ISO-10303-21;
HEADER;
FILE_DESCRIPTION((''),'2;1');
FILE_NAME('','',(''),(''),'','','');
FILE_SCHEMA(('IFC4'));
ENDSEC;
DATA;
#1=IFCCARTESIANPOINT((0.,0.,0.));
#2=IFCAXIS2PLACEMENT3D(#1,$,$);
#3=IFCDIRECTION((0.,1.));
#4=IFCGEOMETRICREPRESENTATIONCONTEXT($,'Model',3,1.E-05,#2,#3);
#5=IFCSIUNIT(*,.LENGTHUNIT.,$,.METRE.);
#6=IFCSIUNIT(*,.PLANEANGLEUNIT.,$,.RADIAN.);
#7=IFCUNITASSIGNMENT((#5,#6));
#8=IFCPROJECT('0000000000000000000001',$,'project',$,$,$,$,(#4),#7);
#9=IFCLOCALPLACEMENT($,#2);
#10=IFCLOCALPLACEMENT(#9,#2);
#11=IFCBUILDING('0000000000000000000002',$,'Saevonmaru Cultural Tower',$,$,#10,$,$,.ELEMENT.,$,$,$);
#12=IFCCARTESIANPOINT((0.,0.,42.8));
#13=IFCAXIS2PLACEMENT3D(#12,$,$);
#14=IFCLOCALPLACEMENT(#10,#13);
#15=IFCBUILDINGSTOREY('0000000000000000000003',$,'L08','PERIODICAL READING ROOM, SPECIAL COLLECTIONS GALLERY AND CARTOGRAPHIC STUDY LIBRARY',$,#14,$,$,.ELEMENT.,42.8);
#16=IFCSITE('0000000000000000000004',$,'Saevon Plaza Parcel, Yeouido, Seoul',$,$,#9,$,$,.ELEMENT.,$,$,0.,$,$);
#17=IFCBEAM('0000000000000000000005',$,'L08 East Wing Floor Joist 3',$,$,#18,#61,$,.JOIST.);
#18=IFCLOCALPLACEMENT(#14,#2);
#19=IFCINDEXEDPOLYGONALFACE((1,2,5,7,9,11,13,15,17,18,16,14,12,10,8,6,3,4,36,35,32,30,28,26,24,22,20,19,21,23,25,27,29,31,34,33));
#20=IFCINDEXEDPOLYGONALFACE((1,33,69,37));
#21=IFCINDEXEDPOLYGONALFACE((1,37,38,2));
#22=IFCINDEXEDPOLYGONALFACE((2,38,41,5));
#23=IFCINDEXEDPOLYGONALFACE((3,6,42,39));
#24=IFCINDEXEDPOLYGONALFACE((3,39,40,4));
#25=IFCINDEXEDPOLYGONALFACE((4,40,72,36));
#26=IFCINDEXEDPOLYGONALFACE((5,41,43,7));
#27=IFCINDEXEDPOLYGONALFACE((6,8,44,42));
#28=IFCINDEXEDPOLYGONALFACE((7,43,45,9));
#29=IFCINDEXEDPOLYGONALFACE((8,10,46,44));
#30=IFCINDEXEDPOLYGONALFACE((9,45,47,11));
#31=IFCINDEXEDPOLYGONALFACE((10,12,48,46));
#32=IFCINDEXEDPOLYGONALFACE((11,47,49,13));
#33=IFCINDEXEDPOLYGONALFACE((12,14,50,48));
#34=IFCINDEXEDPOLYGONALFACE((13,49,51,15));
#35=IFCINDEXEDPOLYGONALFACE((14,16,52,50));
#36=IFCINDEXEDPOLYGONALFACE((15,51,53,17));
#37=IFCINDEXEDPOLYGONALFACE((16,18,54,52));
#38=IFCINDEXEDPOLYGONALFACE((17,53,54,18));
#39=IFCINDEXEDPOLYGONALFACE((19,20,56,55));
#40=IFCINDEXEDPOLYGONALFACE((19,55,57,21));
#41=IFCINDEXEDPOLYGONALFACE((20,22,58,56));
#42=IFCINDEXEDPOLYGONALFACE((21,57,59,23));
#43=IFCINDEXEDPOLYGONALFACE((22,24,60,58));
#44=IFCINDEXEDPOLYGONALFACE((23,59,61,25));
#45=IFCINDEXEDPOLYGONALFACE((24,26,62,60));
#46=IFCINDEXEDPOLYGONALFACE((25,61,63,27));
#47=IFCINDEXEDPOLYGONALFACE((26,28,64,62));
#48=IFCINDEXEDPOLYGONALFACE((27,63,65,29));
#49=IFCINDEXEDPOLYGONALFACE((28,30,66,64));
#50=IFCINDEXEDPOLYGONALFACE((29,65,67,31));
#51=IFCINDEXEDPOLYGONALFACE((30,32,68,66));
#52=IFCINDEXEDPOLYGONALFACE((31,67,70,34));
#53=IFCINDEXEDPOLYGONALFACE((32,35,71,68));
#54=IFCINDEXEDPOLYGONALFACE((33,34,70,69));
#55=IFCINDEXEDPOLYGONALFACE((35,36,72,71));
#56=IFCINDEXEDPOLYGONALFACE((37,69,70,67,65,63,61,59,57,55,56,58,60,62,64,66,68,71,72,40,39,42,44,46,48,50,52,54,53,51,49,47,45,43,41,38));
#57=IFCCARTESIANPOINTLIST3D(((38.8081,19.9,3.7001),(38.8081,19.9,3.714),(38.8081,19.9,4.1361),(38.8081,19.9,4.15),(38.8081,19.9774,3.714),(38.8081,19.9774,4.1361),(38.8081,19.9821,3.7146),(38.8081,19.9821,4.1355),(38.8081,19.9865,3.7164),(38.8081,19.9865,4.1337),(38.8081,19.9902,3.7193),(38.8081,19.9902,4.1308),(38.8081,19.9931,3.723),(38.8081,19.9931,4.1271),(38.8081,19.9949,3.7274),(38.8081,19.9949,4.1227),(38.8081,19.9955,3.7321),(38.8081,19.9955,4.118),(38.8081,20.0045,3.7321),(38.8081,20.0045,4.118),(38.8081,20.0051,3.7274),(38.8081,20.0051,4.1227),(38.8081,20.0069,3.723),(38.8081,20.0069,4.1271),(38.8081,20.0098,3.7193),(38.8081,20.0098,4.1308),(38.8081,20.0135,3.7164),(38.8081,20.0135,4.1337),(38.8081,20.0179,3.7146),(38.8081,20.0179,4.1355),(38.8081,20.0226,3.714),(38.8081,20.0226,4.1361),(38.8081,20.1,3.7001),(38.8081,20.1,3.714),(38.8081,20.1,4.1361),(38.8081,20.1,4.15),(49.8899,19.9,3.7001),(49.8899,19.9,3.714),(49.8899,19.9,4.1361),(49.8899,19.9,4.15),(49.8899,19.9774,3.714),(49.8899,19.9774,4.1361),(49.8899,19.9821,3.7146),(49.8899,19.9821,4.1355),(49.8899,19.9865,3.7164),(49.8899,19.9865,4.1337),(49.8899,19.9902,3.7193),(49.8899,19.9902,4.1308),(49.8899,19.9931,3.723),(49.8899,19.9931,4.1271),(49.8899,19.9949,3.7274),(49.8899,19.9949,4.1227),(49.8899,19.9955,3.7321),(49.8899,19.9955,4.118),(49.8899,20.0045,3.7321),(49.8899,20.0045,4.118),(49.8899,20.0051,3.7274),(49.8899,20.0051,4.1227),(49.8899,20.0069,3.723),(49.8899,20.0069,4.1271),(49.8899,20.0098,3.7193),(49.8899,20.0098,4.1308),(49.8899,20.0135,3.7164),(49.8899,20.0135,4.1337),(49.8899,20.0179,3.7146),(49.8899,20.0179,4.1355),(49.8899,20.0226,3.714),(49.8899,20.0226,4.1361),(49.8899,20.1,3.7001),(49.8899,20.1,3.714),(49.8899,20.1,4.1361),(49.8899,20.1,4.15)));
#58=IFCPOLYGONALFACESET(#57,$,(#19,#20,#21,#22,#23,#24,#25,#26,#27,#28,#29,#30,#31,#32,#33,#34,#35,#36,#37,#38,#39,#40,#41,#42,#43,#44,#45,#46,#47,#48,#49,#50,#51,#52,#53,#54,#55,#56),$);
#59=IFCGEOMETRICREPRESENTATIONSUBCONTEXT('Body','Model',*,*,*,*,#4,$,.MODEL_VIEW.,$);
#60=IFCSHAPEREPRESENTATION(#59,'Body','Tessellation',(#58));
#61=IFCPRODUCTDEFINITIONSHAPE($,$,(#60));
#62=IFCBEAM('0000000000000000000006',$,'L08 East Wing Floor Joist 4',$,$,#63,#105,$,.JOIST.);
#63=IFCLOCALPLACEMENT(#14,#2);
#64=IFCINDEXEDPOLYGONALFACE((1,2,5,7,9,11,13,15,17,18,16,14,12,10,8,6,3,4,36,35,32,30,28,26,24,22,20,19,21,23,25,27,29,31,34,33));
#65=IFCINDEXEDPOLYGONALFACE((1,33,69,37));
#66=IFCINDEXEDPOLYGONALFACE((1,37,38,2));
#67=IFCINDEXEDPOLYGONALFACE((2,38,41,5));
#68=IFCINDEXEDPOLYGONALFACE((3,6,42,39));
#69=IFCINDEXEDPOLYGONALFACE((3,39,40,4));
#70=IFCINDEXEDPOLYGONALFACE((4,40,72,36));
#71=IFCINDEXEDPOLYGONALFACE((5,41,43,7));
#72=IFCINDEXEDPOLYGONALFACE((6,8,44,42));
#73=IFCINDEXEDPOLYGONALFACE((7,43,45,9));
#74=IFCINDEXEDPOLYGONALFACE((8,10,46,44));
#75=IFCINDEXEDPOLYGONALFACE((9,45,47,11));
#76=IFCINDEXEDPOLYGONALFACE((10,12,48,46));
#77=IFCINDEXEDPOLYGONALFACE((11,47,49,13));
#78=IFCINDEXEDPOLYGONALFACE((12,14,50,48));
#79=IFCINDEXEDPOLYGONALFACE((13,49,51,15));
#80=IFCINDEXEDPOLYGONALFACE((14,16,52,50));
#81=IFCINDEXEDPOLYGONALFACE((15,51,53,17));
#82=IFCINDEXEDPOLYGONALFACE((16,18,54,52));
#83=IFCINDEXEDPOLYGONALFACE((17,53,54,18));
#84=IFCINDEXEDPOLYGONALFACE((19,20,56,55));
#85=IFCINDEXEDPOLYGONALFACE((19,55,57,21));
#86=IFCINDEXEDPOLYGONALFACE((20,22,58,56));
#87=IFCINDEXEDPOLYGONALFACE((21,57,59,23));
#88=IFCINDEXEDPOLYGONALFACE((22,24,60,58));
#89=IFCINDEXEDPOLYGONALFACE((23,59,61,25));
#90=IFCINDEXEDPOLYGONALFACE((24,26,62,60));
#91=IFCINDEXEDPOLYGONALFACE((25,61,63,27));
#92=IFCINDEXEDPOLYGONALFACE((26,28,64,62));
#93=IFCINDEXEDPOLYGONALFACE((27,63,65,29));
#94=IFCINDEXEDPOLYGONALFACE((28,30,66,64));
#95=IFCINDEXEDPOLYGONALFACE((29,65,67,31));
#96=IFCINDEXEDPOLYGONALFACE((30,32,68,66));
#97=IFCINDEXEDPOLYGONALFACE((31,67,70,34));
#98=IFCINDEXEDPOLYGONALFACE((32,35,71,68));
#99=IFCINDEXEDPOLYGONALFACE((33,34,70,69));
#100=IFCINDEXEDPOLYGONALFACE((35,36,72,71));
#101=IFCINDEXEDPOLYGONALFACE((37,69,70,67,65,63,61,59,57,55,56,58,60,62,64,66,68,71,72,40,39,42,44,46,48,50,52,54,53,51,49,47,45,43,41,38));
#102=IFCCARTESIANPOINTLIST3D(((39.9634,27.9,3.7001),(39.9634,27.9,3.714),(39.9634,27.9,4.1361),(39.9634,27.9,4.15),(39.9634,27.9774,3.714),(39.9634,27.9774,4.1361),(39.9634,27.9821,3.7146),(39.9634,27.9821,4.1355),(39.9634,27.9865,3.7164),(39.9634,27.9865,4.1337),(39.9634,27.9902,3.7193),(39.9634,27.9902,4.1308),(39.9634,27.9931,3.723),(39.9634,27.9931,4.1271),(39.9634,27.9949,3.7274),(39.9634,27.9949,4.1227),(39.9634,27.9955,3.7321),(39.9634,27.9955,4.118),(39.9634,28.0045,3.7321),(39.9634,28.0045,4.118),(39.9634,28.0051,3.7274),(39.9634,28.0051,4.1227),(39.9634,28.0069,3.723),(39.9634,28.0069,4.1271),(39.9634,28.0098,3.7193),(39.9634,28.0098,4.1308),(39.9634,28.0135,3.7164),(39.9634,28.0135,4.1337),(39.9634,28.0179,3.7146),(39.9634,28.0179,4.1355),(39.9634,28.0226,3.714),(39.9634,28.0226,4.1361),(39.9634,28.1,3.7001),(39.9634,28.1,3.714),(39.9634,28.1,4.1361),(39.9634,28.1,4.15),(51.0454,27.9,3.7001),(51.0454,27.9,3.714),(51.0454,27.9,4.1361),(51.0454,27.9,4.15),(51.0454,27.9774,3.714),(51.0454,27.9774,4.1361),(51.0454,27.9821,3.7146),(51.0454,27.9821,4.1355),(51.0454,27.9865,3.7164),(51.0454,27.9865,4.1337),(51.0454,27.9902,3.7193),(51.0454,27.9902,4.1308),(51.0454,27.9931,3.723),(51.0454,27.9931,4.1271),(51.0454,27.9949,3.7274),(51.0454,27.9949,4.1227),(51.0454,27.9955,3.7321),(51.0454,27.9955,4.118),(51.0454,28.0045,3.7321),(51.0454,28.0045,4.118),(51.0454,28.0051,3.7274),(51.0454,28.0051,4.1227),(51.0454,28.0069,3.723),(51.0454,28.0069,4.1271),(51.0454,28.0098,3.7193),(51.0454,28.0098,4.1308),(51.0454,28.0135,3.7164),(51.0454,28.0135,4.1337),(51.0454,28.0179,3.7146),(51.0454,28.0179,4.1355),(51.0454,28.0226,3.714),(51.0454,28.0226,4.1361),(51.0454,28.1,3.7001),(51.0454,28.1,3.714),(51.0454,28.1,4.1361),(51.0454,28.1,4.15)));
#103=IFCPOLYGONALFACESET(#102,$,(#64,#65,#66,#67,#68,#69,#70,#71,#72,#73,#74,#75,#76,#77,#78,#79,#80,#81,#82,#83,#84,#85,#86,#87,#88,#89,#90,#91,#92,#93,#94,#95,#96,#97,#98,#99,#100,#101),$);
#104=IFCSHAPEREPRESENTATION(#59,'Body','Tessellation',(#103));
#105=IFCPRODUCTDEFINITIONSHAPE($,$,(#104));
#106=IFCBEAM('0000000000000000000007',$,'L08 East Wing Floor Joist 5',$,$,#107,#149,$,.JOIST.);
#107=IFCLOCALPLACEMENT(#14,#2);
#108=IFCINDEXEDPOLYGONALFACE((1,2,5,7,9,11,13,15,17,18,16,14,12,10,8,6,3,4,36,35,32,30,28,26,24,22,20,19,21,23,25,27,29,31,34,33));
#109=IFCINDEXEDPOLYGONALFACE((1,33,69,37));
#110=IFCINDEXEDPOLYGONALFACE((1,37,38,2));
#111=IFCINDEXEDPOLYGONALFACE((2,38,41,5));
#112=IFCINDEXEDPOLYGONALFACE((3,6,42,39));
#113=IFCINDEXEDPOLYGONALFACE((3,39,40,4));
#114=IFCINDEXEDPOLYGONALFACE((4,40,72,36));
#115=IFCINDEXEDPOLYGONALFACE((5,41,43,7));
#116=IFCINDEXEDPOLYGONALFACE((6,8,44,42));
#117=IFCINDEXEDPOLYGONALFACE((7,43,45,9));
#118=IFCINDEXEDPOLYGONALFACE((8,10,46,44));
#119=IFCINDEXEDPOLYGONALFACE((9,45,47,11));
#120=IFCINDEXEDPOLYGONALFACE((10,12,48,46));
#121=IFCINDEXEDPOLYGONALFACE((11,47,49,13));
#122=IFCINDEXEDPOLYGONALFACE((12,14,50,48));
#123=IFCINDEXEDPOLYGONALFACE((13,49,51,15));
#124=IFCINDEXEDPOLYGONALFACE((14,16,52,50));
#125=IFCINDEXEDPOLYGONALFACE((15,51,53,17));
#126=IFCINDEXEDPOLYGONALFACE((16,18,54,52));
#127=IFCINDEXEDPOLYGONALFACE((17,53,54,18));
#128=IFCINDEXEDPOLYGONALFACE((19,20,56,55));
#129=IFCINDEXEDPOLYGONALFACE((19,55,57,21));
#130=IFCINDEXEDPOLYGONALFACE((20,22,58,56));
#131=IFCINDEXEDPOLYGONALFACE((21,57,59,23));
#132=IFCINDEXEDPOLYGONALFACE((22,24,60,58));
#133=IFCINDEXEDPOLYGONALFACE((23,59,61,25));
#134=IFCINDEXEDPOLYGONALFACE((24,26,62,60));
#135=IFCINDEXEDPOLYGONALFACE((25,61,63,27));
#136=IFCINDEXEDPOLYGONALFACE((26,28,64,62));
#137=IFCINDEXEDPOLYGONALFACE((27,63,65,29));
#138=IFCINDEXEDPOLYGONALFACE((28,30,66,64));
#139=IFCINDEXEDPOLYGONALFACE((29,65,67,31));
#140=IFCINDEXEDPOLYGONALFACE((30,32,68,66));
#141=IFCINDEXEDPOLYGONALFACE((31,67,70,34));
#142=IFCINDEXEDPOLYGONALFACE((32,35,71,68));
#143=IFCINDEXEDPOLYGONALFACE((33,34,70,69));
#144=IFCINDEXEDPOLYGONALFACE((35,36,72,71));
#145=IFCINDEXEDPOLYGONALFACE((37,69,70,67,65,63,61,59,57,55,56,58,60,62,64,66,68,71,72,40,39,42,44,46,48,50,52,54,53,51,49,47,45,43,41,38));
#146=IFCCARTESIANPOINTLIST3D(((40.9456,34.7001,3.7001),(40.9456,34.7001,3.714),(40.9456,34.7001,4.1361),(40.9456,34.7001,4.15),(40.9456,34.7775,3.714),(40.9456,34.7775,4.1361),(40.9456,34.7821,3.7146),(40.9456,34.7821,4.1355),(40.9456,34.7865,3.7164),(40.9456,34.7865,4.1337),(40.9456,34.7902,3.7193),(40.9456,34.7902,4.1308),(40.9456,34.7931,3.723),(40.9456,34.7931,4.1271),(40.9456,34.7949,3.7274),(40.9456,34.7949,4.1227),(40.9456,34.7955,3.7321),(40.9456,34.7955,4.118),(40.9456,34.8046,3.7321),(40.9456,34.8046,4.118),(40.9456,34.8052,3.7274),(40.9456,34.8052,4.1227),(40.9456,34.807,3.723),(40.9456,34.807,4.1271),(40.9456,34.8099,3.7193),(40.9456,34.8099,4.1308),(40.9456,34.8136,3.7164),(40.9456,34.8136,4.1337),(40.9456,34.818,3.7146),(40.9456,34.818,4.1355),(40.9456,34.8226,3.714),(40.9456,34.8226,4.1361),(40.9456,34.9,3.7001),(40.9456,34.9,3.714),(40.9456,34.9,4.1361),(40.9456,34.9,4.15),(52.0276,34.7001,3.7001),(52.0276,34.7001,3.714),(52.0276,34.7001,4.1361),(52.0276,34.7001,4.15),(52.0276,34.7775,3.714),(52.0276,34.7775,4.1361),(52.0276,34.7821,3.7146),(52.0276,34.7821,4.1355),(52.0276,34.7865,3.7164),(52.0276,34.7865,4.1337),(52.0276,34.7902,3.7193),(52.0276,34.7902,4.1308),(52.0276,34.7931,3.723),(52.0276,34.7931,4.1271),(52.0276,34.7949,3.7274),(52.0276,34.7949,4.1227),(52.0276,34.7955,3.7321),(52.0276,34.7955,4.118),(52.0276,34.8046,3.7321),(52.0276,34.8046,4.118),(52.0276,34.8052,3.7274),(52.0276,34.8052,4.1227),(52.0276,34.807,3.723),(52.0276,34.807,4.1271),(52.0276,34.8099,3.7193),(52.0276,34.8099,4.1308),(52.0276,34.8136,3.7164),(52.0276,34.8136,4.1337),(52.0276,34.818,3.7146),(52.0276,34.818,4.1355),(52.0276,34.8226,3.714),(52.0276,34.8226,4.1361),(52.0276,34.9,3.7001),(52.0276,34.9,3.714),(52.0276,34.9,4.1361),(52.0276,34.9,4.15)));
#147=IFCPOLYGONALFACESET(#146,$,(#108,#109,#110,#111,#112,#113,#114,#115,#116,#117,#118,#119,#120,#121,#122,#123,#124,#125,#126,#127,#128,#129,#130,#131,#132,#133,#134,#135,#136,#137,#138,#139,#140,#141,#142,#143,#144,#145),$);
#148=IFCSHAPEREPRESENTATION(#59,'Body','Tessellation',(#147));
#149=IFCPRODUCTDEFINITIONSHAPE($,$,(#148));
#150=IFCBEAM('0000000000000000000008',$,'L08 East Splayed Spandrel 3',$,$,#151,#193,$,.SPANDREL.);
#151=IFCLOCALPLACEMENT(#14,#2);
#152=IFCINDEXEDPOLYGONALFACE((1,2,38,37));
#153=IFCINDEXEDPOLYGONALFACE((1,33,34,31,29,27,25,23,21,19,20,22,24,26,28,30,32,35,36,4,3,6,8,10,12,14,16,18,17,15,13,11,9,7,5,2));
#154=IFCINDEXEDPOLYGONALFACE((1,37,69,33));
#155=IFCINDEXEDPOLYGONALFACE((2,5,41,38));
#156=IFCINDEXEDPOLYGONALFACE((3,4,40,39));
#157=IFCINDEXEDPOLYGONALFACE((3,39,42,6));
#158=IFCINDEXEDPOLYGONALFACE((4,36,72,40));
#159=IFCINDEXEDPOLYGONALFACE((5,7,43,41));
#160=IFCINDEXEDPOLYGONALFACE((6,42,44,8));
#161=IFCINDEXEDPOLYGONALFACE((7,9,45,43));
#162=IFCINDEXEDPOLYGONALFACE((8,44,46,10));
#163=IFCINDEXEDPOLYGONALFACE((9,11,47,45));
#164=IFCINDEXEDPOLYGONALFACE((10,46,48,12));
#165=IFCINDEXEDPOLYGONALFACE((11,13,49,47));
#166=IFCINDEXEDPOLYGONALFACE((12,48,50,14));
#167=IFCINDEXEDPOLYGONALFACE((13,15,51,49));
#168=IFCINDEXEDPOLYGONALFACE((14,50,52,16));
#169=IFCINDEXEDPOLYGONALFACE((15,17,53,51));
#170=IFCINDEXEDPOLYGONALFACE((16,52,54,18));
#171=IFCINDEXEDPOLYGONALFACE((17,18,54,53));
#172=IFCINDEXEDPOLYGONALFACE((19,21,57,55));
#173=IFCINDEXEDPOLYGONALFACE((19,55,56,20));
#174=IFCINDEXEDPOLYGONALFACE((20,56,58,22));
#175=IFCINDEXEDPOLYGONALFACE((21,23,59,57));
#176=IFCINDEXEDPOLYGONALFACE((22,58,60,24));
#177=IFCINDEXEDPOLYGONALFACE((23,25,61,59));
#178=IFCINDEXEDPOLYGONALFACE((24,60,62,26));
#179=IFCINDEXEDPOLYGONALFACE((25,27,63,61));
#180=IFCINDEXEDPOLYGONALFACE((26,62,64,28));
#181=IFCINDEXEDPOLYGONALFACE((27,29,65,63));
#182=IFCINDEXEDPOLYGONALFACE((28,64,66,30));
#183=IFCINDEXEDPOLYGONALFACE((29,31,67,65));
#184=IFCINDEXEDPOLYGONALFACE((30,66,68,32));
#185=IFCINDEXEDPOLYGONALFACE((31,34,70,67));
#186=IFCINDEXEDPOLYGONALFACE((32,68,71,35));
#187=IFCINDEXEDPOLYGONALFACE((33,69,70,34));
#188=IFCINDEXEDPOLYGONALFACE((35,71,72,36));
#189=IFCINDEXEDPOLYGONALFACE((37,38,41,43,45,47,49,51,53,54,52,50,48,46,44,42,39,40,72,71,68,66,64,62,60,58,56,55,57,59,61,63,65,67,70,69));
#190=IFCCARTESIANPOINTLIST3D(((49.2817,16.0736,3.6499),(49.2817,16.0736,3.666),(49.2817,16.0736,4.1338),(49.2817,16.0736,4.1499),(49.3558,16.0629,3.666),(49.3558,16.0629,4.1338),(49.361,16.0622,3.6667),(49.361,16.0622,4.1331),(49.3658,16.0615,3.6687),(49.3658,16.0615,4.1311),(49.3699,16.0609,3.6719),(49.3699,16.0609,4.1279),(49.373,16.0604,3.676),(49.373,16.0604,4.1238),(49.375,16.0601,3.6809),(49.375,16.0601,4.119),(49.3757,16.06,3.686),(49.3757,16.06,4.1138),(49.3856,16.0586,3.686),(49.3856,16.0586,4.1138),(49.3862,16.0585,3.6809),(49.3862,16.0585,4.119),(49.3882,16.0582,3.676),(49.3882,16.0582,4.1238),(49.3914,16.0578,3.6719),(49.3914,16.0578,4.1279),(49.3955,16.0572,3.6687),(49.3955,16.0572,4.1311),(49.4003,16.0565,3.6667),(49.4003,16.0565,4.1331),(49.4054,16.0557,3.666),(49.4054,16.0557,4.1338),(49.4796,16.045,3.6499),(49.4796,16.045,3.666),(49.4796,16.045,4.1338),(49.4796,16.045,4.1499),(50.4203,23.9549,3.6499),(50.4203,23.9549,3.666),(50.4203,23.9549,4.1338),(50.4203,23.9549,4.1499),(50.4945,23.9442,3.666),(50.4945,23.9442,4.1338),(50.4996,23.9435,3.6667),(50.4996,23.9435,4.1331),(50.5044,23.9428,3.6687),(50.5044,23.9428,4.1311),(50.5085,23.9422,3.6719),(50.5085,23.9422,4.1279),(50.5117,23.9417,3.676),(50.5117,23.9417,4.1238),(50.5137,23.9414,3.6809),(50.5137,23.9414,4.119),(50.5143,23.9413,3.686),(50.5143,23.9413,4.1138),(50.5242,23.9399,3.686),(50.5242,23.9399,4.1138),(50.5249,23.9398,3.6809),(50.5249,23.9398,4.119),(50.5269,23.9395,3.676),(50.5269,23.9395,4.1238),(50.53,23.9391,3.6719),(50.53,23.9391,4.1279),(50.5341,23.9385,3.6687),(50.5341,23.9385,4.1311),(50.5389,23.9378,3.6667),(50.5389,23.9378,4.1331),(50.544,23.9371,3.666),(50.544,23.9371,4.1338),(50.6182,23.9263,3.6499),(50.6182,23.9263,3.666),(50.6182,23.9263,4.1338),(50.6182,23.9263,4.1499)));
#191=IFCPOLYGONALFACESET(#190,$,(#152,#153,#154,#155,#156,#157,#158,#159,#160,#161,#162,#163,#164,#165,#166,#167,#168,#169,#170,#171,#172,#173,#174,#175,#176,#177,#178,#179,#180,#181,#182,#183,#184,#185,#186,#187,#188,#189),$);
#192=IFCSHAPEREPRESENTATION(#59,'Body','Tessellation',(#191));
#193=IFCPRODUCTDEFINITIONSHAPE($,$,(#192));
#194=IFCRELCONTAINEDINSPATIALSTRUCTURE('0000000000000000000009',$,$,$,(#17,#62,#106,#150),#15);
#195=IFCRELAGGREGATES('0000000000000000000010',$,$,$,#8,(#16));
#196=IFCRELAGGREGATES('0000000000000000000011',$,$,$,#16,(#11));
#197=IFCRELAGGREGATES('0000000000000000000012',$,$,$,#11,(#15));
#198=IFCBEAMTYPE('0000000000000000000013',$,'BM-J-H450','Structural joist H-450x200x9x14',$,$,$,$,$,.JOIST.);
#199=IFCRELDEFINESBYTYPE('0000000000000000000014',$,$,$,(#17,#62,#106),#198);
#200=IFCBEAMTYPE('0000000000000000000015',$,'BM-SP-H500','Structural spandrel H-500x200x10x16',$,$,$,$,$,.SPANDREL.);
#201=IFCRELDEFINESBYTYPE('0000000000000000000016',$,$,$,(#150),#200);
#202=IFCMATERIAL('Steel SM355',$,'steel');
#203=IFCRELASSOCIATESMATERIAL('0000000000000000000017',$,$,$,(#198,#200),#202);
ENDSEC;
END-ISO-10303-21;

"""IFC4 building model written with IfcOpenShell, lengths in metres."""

from ifc_helpers import new_model, si_unit, direction, frame, origin, origin_2d, place, context, subcontext, project, spatial, i_section, extrude, material, material_profile, profile_set, type_object, element, save


model = new_model("IFC4")

# Units and contexts
model_context = context("Model", 3, precision=1e-05, world=origin(), true_north=direction((0.0, 1.0)))
body_context = subcontext(model_context, "Body", "Model", "MODEL_VIEW")
ifc_project = project(units=[si_unit("LENGTHUNIT", "METRE"), si_unit("PLANEANGLEUNIT", "RADIAN")], contexts=[model_context])

# Site, building, storey
site_placement = place(None, origin())
site = spatial("IfcSite", under=ifc_project, at=site_placement, Name="Saevon Plaza Parcel, Yeouido, Seoul", CompositionType="ELEMENT", RefElevation=0.0)
building_placement = place(site_placement, origin())
building = spatial("IfcBuilding", under=site, at=building_placement, Name="Saevonmaru Cultural Tower", CompositionType="ELEMENT")
storey_placement = place(building_placement, frame((0.0, 0.0, 42.8)))
storey = spatial("IfcBuildingStorey", under=building, at=storey_placement, Name="L08", Description="PERIODICAL READING ROOM, SPECIAL COLLECTIONS GALLERY AND CARTOGRAPHIC STUDY LIBRARY", CompositionType="ELEMENT", Elevation=42.8)

# Beams
ifc_material_1 = material(Name="Steel SM355", Category="steel")
ifc_material_profile_1 = material_profile(ifc_material_1, i_section(OverallWidth=0.2, OverallDepth=0.45, WebThickness=0.009, FlangeThickness=0.0139, FilletRadius=0.0181, at=origin_2d()), Name="H-450x200x9x14")
ifc_profile_set_1 = profile_set([ifc_material_profile_1], Name="Steel SM355")
beam_type_1 = type_object("IfcBeamType", Name="BM-J-H450", Description="Structural joist H-450x200x9x14", PredefinedType="JOIST", material=ifc_profile_set_1)
beam_1_placement = place(storey_placement, frame((38.8081, 20.0, 3.925), z_axis=(1.0, 0.0, 0.0), x_axis=(0.0, 1.0, 0.0)))
element("IfcBeam", 1, at=beam_1_placement, inside=storey, type_object=beam_type_1, Name="L08 East Wing Floor Joist 3", PredefinedType="JOIST", context=body_context, shape_type="SweptSolid", body=[
    extrude(i_section(OverallWidth=0.2, OverallDepth=0.45, WebThickness=0.009, FlangeThickness=0.0139, FilletRadius=0.0181, at=origin_2d()), origin(), (0.0, 0.0, 1.0), 11.0818),
])
for number, where, z_axis, x_axis, name in (
    (2, (39.9634, 28.0, 3.925), (1.0, 0.0, 0.0), (0.0, 1.0, 0.0), "L08 East Wing Floor Joist 4"),
    (3, (40.9456, 34.8, 3.925), (1.0, 0.0, 0.0), (0.0, 1.0, 0.0), "L08 East Wing Floor Joist 5"),
):
    element("IfcBeam", number, at=place(storey_placement, frame(where, z_axis=z_axis, x_axis=x_axis)), inside=storey, type_object=beam_type_1, Name=name, PredefinedType="JOIST", context=body_context, shape_type="SweptSolid", body=[
        extrude(i_section(OverallWidth=0.2, OverallDepth=0.45, WebThickness=0.009, FlangeThickness=0.0139, FilletRadius=0.0181, at=origin_2d()), origin(), (0.0, 0.0, 1.0), 11.082),
    ])
ifc_material_profile_2 = material_profile(ifc_material_1, i_section(OverallWidth=0.2, OverallDepth=0.5, WebThickness=0.01, FlangeThickness=0.0161, FilletRadius=0.02, at=origin_2d()), Name="H-500x200x10x16")
ifc_profile_set_2 = profile_set([ifc_material_profile_2], Name="Steel SM355")
beam_type_2 = type_object("IfcBeamType", Name="BM-SP-H500", Description="Structural spandrel H-500x200x10x16", PredefinedType="SPANDREL", material=ifc_profile_set_2)
beam_2_placement = place(storey_placement, frame((49.3806, 16.0593, 3.8999), z_axis=(0.142992, 0.989724, 0.0), x_axis=(-0.989724, 0.142992, 0.0)))
element("IfcBeam", 4, at=beam_2_placement, inside=storey, type_object=beam_type_2, Name="L08 East Splayed Spandrel 3", PredefinedType="SPANDREL", context=body_context, shape_type="SweptSolid", body=[
    extrude(i_section(OverallWidth=0.2, OverallDepth=0.5, WebThickness=0.01, FlangeThickness=0.0161, FilletRadius=0.02, at=origin_2d()), origin(), (0.0, 0.0, 1.0), 7.9631),
])

save(model, "model.ifc")
